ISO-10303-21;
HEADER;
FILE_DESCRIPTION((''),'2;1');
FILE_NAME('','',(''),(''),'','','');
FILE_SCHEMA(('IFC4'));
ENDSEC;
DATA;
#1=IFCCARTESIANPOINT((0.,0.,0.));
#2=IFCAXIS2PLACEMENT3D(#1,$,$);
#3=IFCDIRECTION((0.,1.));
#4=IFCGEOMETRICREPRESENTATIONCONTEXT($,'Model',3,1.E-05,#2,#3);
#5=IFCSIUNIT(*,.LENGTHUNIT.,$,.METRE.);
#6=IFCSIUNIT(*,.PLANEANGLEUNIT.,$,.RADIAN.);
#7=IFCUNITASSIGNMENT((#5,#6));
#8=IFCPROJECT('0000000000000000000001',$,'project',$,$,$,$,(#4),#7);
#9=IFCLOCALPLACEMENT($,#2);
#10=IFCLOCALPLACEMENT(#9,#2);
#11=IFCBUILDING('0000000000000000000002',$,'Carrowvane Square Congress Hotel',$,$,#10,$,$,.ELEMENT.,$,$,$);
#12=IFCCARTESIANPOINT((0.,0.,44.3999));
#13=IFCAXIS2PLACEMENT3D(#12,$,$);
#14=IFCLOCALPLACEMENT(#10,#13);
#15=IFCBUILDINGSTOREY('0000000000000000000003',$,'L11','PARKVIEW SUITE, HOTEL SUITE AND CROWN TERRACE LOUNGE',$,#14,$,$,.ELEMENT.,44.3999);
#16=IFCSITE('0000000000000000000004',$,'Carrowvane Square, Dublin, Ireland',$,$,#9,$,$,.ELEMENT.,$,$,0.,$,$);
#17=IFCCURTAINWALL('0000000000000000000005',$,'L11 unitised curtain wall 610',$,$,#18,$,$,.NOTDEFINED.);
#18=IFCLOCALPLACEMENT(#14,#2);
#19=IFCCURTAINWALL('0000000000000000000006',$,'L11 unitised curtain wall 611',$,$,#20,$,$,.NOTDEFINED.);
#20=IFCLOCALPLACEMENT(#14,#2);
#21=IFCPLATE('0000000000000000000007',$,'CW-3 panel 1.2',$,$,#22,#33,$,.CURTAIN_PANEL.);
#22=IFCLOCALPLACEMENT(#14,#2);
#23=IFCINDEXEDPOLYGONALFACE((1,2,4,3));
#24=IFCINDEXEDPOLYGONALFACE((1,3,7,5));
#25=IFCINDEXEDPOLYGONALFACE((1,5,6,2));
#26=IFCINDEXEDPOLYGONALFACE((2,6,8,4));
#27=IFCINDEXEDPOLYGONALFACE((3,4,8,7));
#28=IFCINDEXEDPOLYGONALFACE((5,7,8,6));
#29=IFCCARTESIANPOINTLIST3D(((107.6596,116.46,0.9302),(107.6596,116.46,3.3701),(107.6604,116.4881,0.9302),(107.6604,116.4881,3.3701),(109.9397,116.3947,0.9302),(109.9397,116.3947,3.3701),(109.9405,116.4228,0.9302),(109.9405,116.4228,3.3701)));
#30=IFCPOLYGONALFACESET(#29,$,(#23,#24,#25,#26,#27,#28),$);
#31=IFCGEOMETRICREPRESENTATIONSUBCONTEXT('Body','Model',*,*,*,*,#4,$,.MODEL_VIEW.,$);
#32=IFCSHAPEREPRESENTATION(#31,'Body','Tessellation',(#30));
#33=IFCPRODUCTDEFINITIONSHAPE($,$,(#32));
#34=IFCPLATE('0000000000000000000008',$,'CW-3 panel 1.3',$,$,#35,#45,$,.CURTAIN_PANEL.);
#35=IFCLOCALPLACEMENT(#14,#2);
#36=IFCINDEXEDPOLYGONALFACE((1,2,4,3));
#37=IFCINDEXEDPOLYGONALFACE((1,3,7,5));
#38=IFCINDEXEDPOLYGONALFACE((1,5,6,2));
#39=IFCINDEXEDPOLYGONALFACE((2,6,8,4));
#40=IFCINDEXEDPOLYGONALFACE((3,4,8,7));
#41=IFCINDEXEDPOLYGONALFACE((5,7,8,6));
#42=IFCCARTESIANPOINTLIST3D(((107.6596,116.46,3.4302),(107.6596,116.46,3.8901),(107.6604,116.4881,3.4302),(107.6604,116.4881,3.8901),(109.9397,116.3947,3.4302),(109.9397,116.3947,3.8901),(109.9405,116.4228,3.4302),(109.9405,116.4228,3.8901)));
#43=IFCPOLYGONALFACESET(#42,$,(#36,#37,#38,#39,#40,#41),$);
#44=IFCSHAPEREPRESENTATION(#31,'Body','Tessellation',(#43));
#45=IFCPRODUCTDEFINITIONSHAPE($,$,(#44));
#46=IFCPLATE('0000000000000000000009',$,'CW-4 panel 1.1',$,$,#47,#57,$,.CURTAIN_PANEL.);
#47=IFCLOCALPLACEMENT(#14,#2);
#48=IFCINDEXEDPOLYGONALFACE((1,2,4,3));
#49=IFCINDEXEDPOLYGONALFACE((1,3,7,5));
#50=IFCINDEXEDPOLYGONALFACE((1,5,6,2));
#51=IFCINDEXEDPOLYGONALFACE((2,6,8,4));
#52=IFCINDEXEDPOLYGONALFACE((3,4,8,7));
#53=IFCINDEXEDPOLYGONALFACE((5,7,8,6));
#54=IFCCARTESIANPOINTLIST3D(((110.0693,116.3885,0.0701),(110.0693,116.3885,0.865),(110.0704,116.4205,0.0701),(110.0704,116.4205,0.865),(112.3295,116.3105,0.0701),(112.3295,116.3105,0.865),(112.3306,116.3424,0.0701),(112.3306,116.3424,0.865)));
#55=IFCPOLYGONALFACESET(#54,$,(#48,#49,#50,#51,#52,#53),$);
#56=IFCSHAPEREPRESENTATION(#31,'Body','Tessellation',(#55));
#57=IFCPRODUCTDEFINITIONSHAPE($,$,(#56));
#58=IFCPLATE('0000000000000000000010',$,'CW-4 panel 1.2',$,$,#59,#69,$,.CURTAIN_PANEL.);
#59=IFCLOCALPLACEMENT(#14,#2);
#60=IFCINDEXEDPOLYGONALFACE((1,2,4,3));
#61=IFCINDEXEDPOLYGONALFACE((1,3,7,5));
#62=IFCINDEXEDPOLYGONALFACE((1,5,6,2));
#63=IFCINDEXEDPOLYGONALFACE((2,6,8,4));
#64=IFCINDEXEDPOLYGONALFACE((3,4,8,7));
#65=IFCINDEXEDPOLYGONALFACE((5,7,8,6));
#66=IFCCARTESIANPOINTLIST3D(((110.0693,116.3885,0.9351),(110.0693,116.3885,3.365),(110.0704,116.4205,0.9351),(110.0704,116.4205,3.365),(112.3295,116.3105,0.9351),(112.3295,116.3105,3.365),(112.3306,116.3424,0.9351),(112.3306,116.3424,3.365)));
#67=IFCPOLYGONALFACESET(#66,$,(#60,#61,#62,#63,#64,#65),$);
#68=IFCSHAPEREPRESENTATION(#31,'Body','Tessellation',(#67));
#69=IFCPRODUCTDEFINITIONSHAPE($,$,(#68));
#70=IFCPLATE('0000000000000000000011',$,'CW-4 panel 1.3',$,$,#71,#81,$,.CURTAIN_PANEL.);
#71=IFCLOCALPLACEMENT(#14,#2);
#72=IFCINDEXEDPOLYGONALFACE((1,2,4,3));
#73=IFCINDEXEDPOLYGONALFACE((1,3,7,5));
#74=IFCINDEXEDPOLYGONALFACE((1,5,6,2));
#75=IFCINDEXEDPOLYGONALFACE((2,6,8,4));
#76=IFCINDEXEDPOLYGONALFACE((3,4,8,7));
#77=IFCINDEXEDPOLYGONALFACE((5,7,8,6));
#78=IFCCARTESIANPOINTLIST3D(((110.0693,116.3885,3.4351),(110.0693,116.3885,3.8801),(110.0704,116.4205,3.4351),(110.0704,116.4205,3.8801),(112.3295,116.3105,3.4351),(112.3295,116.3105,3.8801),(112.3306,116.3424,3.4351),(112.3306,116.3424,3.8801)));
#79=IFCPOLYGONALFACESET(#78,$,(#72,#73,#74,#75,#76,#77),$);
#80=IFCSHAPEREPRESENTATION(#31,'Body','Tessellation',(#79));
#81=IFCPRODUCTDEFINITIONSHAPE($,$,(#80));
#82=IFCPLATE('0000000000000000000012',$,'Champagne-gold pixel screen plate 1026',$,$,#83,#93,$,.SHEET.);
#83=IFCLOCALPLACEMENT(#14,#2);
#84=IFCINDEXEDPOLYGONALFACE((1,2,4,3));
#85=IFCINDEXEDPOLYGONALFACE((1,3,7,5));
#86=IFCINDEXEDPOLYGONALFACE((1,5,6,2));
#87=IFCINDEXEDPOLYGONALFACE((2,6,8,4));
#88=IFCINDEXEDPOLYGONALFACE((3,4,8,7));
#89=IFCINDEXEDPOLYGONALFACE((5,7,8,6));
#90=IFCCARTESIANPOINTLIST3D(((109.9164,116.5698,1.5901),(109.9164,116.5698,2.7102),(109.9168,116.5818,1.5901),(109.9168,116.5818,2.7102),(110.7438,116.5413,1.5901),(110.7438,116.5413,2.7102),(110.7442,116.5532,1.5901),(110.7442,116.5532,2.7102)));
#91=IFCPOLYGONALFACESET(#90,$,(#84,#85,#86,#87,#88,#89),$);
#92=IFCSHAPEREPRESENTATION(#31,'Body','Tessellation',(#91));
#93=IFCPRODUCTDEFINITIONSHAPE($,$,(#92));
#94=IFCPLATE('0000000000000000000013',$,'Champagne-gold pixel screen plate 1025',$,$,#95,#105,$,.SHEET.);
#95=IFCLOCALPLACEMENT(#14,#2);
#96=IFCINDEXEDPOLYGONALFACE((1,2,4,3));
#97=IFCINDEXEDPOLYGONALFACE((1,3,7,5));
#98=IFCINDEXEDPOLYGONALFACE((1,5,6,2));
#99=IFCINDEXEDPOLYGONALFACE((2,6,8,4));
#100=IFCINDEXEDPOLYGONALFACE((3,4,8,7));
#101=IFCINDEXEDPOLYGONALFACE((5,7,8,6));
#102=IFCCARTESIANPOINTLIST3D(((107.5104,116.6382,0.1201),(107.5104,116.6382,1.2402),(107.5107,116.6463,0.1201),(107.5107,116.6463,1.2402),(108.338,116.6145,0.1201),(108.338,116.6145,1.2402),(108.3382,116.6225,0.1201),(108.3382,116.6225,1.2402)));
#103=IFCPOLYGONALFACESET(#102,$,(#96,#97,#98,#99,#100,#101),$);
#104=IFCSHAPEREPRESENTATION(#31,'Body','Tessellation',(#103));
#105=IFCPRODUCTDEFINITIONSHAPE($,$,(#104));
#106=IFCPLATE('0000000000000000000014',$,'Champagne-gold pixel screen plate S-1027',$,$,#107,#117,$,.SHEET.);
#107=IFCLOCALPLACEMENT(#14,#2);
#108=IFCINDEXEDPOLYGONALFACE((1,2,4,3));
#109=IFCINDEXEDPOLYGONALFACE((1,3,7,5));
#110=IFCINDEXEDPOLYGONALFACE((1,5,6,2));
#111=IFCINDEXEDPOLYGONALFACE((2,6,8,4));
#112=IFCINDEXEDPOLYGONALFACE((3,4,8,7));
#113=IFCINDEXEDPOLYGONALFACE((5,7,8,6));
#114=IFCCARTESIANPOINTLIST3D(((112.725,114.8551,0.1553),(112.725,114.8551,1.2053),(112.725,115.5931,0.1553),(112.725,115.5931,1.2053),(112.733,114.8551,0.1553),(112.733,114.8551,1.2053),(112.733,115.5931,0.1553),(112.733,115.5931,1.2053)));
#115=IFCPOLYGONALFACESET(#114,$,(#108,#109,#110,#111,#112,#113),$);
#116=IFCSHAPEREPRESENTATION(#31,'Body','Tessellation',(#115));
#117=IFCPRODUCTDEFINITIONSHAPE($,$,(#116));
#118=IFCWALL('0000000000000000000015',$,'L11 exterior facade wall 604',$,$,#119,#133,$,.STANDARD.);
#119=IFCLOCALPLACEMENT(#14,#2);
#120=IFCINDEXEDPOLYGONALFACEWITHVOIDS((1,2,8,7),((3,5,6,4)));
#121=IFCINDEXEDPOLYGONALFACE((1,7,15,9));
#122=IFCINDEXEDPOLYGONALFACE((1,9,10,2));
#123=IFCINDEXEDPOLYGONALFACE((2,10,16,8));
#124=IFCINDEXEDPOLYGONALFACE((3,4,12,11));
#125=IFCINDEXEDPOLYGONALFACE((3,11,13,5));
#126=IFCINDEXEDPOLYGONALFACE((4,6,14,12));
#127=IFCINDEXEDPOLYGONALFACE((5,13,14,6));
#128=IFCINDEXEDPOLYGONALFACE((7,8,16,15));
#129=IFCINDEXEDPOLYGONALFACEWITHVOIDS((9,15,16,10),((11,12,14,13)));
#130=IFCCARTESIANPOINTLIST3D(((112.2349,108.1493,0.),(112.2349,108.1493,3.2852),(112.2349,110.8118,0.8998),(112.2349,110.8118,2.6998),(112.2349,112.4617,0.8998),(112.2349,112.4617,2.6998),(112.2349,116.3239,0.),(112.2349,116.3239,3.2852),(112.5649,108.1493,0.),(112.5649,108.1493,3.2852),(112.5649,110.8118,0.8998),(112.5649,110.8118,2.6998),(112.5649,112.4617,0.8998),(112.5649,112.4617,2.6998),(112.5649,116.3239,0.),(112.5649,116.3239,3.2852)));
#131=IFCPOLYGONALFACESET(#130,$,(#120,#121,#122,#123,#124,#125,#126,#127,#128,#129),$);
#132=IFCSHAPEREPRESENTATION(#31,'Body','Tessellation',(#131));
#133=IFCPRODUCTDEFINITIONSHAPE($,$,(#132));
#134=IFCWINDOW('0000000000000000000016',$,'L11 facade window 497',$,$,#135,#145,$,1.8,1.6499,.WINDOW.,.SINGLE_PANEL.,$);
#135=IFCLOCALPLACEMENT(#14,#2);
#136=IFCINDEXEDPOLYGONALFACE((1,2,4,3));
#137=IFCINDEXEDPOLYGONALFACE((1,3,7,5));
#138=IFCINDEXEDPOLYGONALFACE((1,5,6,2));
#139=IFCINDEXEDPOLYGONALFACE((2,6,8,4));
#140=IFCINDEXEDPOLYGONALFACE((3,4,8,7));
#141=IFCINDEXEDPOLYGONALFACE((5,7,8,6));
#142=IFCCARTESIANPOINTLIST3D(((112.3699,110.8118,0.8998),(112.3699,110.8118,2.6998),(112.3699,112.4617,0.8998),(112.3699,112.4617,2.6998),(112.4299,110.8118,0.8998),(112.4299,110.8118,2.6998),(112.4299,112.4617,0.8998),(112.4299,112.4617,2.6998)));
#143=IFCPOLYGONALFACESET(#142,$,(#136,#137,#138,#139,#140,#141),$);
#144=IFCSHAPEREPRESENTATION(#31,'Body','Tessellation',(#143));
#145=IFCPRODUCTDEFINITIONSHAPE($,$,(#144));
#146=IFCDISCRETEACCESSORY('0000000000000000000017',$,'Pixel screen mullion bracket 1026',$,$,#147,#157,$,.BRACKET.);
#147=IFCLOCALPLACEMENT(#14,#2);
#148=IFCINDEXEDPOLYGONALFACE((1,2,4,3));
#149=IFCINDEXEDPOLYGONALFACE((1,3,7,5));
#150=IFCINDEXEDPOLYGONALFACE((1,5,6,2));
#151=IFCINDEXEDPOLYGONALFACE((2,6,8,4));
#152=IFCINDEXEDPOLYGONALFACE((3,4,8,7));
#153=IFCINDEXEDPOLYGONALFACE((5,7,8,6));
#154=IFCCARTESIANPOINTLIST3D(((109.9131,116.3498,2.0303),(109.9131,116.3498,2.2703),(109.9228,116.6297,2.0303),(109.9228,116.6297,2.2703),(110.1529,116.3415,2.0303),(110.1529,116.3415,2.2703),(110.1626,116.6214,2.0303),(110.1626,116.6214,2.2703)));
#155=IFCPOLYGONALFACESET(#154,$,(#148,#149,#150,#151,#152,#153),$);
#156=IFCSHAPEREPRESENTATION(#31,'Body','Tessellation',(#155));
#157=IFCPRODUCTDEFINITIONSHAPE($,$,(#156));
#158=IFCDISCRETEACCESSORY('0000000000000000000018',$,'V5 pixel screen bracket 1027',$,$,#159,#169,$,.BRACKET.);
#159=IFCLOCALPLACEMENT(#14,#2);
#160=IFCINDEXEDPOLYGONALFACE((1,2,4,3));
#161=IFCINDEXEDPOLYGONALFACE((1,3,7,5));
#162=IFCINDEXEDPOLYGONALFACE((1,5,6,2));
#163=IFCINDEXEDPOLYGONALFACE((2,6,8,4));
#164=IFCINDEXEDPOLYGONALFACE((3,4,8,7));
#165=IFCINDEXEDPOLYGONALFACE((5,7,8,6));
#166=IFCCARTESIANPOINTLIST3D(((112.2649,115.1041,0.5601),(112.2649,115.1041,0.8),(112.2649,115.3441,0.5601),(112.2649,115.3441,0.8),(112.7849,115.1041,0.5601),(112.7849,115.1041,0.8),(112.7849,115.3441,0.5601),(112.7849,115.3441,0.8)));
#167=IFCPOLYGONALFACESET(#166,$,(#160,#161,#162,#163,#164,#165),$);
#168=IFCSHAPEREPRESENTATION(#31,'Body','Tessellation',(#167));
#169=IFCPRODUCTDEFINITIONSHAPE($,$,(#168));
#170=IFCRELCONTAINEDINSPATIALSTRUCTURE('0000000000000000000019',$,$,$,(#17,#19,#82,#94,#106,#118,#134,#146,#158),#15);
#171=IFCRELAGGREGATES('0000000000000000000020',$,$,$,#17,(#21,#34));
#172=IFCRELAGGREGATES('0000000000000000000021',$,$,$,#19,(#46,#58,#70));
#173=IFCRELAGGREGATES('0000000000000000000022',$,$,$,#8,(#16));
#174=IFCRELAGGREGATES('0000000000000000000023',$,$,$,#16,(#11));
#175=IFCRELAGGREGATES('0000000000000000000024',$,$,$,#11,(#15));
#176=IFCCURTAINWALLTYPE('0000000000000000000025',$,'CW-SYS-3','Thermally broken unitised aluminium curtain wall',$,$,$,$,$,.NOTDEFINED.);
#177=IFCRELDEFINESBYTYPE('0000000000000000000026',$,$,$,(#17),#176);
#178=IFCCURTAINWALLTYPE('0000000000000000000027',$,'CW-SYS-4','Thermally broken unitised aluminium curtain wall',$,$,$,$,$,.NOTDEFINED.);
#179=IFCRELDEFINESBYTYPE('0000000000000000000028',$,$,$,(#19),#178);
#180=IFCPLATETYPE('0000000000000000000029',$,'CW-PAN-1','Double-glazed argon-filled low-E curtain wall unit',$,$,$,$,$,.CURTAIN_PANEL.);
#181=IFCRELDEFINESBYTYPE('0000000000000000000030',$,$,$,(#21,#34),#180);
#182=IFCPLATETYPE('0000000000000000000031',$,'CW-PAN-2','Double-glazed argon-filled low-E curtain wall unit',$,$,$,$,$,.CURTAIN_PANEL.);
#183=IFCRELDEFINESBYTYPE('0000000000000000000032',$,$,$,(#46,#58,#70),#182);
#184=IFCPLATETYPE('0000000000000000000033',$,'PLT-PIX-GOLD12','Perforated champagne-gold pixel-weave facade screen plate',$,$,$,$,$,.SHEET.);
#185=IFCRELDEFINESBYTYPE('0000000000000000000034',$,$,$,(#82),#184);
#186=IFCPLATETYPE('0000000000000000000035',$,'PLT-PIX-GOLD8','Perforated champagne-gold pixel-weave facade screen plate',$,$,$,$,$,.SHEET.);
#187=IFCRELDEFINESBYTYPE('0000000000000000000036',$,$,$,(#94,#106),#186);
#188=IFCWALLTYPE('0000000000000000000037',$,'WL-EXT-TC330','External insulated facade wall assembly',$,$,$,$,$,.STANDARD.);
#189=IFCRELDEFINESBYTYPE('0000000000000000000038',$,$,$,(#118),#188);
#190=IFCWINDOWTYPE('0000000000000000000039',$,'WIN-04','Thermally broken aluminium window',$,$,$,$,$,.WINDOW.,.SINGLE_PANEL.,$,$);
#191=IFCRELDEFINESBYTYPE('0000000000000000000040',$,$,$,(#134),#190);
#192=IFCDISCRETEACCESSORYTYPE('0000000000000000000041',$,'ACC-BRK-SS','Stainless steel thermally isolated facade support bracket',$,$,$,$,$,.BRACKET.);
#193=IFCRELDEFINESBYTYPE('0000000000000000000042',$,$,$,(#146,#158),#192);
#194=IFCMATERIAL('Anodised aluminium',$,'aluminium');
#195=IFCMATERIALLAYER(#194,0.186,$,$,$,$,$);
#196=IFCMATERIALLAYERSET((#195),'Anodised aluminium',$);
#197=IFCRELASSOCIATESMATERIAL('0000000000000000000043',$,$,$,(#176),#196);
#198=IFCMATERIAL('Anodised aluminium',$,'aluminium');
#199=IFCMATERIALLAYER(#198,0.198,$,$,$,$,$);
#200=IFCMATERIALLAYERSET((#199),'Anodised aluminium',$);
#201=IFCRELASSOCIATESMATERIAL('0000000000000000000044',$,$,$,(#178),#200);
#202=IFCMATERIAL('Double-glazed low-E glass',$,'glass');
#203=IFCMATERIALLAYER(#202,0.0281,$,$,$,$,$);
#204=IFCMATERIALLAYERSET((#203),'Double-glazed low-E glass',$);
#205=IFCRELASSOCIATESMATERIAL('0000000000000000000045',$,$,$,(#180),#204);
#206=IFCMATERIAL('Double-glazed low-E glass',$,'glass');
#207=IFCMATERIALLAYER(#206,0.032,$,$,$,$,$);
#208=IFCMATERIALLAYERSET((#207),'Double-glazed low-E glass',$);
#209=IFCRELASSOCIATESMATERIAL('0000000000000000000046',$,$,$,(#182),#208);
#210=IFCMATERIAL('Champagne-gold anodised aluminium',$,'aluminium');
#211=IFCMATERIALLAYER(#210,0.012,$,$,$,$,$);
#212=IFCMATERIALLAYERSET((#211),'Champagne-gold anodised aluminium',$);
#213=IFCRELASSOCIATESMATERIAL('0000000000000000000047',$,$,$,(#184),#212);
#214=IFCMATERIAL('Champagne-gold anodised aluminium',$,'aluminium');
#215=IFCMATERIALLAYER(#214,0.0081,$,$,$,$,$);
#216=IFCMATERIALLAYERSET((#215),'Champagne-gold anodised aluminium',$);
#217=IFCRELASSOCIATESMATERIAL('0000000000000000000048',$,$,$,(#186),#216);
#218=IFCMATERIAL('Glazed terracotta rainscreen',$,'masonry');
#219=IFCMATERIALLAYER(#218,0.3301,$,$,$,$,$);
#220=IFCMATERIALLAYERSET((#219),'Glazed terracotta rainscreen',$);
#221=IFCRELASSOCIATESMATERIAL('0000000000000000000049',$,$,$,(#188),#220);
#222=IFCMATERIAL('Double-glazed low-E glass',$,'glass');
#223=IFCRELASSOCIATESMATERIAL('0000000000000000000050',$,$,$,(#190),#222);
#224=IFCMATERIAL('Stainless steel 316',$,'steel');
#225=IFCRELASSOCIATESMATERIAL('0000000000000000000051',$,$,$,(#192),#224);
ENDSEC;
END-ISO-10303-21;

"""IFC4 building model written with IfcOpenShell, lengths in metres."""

from ifc_helpers import new_model, si_unit, direction, frame, frame_2d, origin, origin_2d, place, context, subcontext, project, spatial, rectangle, extrude, material, layer, layer_set, type_object, element, fill, aggregate, save


model = new_model("IFC4")

# Units and contexts
model_context = context("Model", 3, precision=1e-05, world=origin(), true_north=direction((0.0, 1.0)))
body_context = subcontext(model_context, "Body", "Model", "MODEL_VIEW")
ifc_project = project(units=[si_unit("LENGTHUNIT", "METRE"), si_unit("PLANEANGLEUNIT", "RADIAN")], contexts=[model_context])

# Site, building, storey
site_placement = place(None, origin())
site = spatial("IfcSite", under=ifc_project, at=site_placement, Name="Carrowvane Square, Dublin, Ireland", CompositionType="ELEMENT", RefElevation=0.0)
building_placement = place(site_placement, origin())
building = spatial("IfcBuilding", under=site, at=building_placement, Name="Carrowvane Square Congress Hotel", CompositionType="ELEMENT")
storey_placement = place(building_placement, frame((0.0, 0.0, 44.3999)))
storey = spatial("IfcBuildingStorey", under=building, at=storey_placement, Name="L11", Description="PARKVIEW SUITE, HOTEL SUITE AND CROWN TERRACE LOUNGE", CompositionType="ELEMENT", Elevation=44.3999)

# Curtain wall
ifc_material_1 = material(Name="Anodised aluminium", Category="aluminium")
ifc_layer_1 = layer(ifc_material_1, 0.186)
ifc_layer_set_1 = layer_set([ifc_layer_1], Name="Anodised aluminium")
curtain_wall_type_1 = type_object("IfcCurtainWallType", Name="CW-SYS-3", Description="Thermally broken unitised aluminium curtain wall", PredefinedType="NOTDEFINED", material=ifc_layer_set_1)
curtain_wall_1_placement = place(storey_placement, origin())
curtain_wall_1 = element("IfcCurtainWall", 1, at=curtain_wall_1_placement, inside=storey, type_object=curtain_wall_type_1, Name="L11 unitised curtain wall 610", PredefinedType="NOTDEFINED")

# Curtain wall
ifc_material_2 = material(Name="Anodised aluminium", Category="aluminium")
ifc_layer_2 = layer(ifc_material_2, 0.198)
ifc_layer_set_2 = layer_set([ifc_layer_2], Name="Anodised aluminium")
curtain_wall_type_2 = type_object("IfcCurtainWallType", Name="CW-SYS-4", Description="Thermally broken unitised aluminium curtain wall", PredefinedType="NOTDEFINED", material=ifc_layer_set_2)
curtain_wall_2_placement = place(storey_placement, origin())
curtain_wall_2 = element("IfcCurtainWall", 2, at=curtain_wall_2_placement, inside=storey, type_object=curtain_wall_type_2, Name="L11 unitised curtain wall 611", PredefinedType="NOTDEFINED")

# Plates
ifc_material_3 = material(Name="Double-glazed low-E glass", Category="glass")
ifc_layer_3 = layer(ifc_material_3, 0.0281)
ifc_layer_set_3 = layer_set([ifc_layer_3], Name="Double-glazed low-E glass")
plate_type_1 = type_object("IfcPlateType", Name="CW-PAN-1", Description="Double-glazed argon-filled low-E curtain wall unit", PredefinedType="CURTAIN_PANEL", material=ifc_layer_set_3)
plate_1_placement = place(storey_placement, frame((108.8, 116.4414, 0.9302), z_axis=(0.0, 0.0, 1.0), x_axis=(0.99959, -0.028638, 0.0)))
plate_1 = element("IfcPlate", 3, at=plate_1_placement, type_object=plate_type_1, Name="CW-3 panel 1.2", PredefinedType="CURTAIN_PANEL", context=body_context, shape_type="SweptSolid", body=[
    extrude(rectangle(XDim=2.281, YDim=0.0281, at=origin_2d()), origin(), (0.0, 0.0, 1.0), 2.4399),
])
plate_2_placement = place(storey_placement, frame((108.8, 116.4414, 3.4302), z_axis=(0.0, 0.0, 1.0), x_axis=(0.99959, -0.028638, 0.0)))
plate_2 = element("IfcPlate", 4, at=plate_2_placement, type_object=plate_type_1, Name="CW-3 panel 1.3", PredefinedType="CURTAIN_PANEL", context=body_context, shape_type="SweptSolid", body=[
    extrude(rectangle(XDim=2.281, YDim=0.0281, at=origin_2d()), origin(), (0.0, 0.0, 1.0), 0.46),
])
aggregate(curtain_wall_1, [plate_1, plate_2])
ifc_material_4 = material(Name="Double-glazed low-E glass", Category="glass")
ifc_layer_4 = layer(ifc_material_4, 0.032)
ifc_layer_set_4 = layer_set([ifc_layer_4], Name="Double-glazed low-E glass")
plate_type_2 = type_object("IfcPlateType", Name="CW-PAN-2", Description="Double-glazed argon-filled low-E curtain wall unit", PredefinedType="CURTAIN_PANEL", material=ifc_layer_set_4)
plate_3_placement = place(storey_placement, frame((111.2, 116.3655, 0.0701), z_axis=(0.0, 0.0, 1.0), x_axis=(0.999404, -0.034526, 0.0)))
plate_3 = element("IfcPlate", 5, at=plate_3_placement, type_object=plate_type_2, Name="CW-4 panel 1.1", PredefinedType="CURTAIN_PANEL", context=body_context, shape_type="SweptSolid", body=[
    extrude(rectangle(XDim=2.2615, YDim=0.032, at=origin_2d()), origin(), (0.0, 0.0, 1.0), 0.7949),
])
plate_4_placement = place(storey_placement, frame((111.2, 116.3655, 0.9351), z_axis=(0.0, 0.0, 1.0), x_axis=(0.999404, -0.034526, 0.0)))
plate_4 = element("IfcPlate", 6, at=plate_4_placement, type_object=plate_type_2, Name="CW-4 panel 1.2", PredefinedType="CURTAIN_PANEL", context=body_context, shape_type="SweptSolid", body=[
    extrude(rectangle(XDim=2.2615, YDim=0.032, at=origin_2d()), origin(), (0.0, 0.0, 1.0), 2.4299),
])
plate_5_placement = place(storey_placement, frame((111.2, 116.3655, 3.4351), z_axis=(0.0, 0.0, 1.0), x_axis=(0.999404, -0.034526, 0.0)))
plate_5 = element("IfcPlate", 7, at=plate_5_placement, type_object=plate_type_2, Name="CW-4 panel 1.3", PredefinedType="CURTAIN_PANEL", context=body_context, shape_type="SweptSolid", body=[
    extrude(rectangle(XDim=2.2615, YDim=0.032, at=origin_2d()), origin(), (0.0, 0.0, 1.0), 0.4451),
])
aggregate(curtain_wall_2, [plate_3, plate_4, plate_5])

# Plates
ifc_material_5 = material(Name="Champagne-gold anodised aluminium", Category="aluminium")
ifc_layer_5 = layer(ifc_material_5, 0.012)
ifc_layer_set_5 = layer_set([ifc_layer_5], Name="Champagne-gold anodised aluminium")
plate_type_3 = type_object("IfcPlateType", Name="PLT-PIX-GOLD12", Description="Perforated champagne-gold pixel-weave facade screen plate", PredefinedType="SHEET", material=ifc_layer_set_5)
plate_6_placement = place(storey_placement, frame((110.3303, 116.5615, 1.5901), z_axis=(0.0, 0.0, 1.0), x_axis=(0.999404, -0.034527, 0.0)))
element("IfcPlate", 8, at=plate_6_placement, inside=storey, type_object=plate_type_3, Name="Champagne-gold pixel screen plate 1026", PredefinedType="SHEET", context=body_context, shape_type="SweptSolid", body=[
    extrude(rectangle(XDim=0.8279, YDim=0.012, at=origin_2d()), origin(), (0.0, 0.0, 1.0), 1.1201),
])
ifc_material_6 = material(Name="Champagne-gold anodised aluminium", Category="aluminium")
ifc_layer_6 = layer(ifc_material_6, 0.0081)
ifc_layer_set_6 = layer_set([ifc_layer_6], Name="Champagne-gold anodised aluminium")
plate_type_4 = type_object("IfcPlateType", Name="PLT-PIX-GOLD8", Description="Perforated champagne-gold pixel-weave facade screen plate", PredefinedType="SHEET", material=ifc_layer_set_6)
plate_7_placement = place(storey_placement, frame((107.9243, 116.6304, 0.1201), z_axis=(0.0, 0.0, 1.0), x_axis=(0.99959, -0.028639, 0.0)))
element("IfcPlate", 9, at=plate_7_placement, inside=storey, type_object=plate_type_4, Name="Champagne-gold pixel screen plate 1025", PredefinedType="SHEET", context=body_context, shape_type="SweptSolid", body=[
    extrude(rectangle(XDim=0.8279, YDim=0.0081, at=origin_2d()), origin(), (0.0, 0.0, 1.0), 1.1201),
])
plate_8_placement = place(storey_placement, frame((112.729, 115.2241, 0.1553), z_axis=(0.0, 0.0, 1.0), x_axis=(0.0, -1.0, 0.0)))
element("IfcPlate", 10, at=plate_8_placement, inside=storey, type_object=plate_type_4, Name="Champagne-gold pixel screen plate S-1027", PredefinedType="SHEET", context=body_context, shape_type="SweptSolid", body=[
    extrude(rectangle(XDim=0.738, YDim=0.0081, at=origin_2d()), origin(), (0.0, 0.0, 1.0), 1.05),
])

# Wall, opening, window
ifc_material_7 = material(Name="Glazed terracotta rainscreen", Category="masonry")
ifc_layer_7 = layer(ifc_material_7, 0.3301)
ifc_layer_set_7 = layer_set([ifc_layer_7], Name="Glazed terracotta rainscreen")
wall_type = type_object("IfcWallType", Name="WL-EXT-TC330", Description="External insulated facade wall assembly", PredefinedType="STANDARD", material=ifc_layer_set_7)
wall_placement = place(storey_placement, frame((112.3999, 116.324, 0.0), z_axis=(0.0, 0.0, 1.0), x_axis=(0.0, -1.0, 0.0)))
wall = element("IfcWall", 11, at=wall_placement, inside=storey, type_object=wall_type, Name="L11 exterior facade wall 604", PredefinedType="STANDARD", context=body_context, shape_type="SweptSolid", body=[
    extrude(rectangle(XDim=8.1746, YDim=0.3301, at=frame_2d((4.0874, 0.0))), origin(), (0.0, 0.0, 1.0), 3.2852),
])
opening_placement = place(wall_placement, frame((3.8623, 0.0, 0.8999)))
opening = element("IfcOpeningElement", 12, at=opening_placement, cuts=wall, PredefinedType="OPENING", context=body_context, shape_type="SweptSolid", body=[
    extrude(rectangle(XDim=1.6499, YDim=1.8, at=frame_2d((0.825, 0.8999))), frame((0.0, 0.175, 0.0), z_axis=(0.0, -1.0, 0.0), x_axis=(1.0, 0.0, 0.0)), (0.0, 0.0, 1.0), 0.3501),
])
ifc_material_8 = material(Name="Double-glazed low-E glass", Category="glass")
window_type = type_object("IfcWindowType", Name="WIN-04", Description="Thermally broken aluminium window", PartitioningType="SINGLE_PANEL", PredefinedType="WINDOW", material=ifc_material_8)
window_placement = place(opening_placement, origin())
window = element("IfcWindow", 13, at=window_placement, inside=storey, type_object=window_type, Name="L11 facade window 497", OverallHeight=1.8, OverallWidth=1.6499, PartitioningType="SINGLE_PANEL", PredefinedType="WINDOW", context=body_context, shape_type="SweptSolid", body=[
    extrude(rectangle(XDim=1.6499, YDim=1.8, at=frame_2d((0.825, 0.8999))), frame((0.0, 0.03, 0.0), z_axis=(0.0, -1.0, 0.0), x_axis=(1.0, 0.0, 0.0)), (0.0, 0.0, 1.0), 0.0601),
])
fill(opening, window)

# Discrete accessories
ifc_material_9 = material(Name="Stainless steel 316", Category="steel")
discrete_accessory_type = type_object("IfcDiscreteAccessoryType", Name="ACC-BRK-SS", Description="Stainless steel thermally isolated facade support bracket", PredefinedType="BRACKET", material=ifc_material_9)
discrete_accessory_1_placement = place(storey_placement, frame((110.0378, 116.4856, 2.0303), z_axis=(0.0, 0.0, 1.0), x_axis=(0.999404, -0.034527, 0.0)))
element("IfcDiscreteAccessory", 14, at=discrete_accessory_1_placement, inside=storey, type_object=discrete_accessory_type, Name="Pixel screen mullion bracket 1026", PredefinedType="BRACKET", context=body_context, shape_type="SweptSolid", body=[
    extrude(rectangle(XDim=0.24, YDim=0.28, at=origin_2d()), origin(), (0.0, 0.0, 1.0), 0.24),
])
discrete_accessory_2_placement = place(storey_placement, frame((112.5249, 115.2241, 0.5601), z_axis=(0.0, 0.0, 1.0), x_axis=(0.0, -1.0, 0.0)))
element("IfcDiscreteAccessory", 15, at=discrete_accessory_2_placement, inside=storey, type_object=discrete_accessory_type, Name="V5 pixel screen bracket 1027", PredefinedType="BRACKET", context=body_context, shape_type="SweptSolid", body=[
    extrude(rectangle(XDim=0.24, YDim=0.52, at=origin_2d()), origin(), (0.0, 0.0, 1.0), 0.24),
])

save(model, "model.ifc")
